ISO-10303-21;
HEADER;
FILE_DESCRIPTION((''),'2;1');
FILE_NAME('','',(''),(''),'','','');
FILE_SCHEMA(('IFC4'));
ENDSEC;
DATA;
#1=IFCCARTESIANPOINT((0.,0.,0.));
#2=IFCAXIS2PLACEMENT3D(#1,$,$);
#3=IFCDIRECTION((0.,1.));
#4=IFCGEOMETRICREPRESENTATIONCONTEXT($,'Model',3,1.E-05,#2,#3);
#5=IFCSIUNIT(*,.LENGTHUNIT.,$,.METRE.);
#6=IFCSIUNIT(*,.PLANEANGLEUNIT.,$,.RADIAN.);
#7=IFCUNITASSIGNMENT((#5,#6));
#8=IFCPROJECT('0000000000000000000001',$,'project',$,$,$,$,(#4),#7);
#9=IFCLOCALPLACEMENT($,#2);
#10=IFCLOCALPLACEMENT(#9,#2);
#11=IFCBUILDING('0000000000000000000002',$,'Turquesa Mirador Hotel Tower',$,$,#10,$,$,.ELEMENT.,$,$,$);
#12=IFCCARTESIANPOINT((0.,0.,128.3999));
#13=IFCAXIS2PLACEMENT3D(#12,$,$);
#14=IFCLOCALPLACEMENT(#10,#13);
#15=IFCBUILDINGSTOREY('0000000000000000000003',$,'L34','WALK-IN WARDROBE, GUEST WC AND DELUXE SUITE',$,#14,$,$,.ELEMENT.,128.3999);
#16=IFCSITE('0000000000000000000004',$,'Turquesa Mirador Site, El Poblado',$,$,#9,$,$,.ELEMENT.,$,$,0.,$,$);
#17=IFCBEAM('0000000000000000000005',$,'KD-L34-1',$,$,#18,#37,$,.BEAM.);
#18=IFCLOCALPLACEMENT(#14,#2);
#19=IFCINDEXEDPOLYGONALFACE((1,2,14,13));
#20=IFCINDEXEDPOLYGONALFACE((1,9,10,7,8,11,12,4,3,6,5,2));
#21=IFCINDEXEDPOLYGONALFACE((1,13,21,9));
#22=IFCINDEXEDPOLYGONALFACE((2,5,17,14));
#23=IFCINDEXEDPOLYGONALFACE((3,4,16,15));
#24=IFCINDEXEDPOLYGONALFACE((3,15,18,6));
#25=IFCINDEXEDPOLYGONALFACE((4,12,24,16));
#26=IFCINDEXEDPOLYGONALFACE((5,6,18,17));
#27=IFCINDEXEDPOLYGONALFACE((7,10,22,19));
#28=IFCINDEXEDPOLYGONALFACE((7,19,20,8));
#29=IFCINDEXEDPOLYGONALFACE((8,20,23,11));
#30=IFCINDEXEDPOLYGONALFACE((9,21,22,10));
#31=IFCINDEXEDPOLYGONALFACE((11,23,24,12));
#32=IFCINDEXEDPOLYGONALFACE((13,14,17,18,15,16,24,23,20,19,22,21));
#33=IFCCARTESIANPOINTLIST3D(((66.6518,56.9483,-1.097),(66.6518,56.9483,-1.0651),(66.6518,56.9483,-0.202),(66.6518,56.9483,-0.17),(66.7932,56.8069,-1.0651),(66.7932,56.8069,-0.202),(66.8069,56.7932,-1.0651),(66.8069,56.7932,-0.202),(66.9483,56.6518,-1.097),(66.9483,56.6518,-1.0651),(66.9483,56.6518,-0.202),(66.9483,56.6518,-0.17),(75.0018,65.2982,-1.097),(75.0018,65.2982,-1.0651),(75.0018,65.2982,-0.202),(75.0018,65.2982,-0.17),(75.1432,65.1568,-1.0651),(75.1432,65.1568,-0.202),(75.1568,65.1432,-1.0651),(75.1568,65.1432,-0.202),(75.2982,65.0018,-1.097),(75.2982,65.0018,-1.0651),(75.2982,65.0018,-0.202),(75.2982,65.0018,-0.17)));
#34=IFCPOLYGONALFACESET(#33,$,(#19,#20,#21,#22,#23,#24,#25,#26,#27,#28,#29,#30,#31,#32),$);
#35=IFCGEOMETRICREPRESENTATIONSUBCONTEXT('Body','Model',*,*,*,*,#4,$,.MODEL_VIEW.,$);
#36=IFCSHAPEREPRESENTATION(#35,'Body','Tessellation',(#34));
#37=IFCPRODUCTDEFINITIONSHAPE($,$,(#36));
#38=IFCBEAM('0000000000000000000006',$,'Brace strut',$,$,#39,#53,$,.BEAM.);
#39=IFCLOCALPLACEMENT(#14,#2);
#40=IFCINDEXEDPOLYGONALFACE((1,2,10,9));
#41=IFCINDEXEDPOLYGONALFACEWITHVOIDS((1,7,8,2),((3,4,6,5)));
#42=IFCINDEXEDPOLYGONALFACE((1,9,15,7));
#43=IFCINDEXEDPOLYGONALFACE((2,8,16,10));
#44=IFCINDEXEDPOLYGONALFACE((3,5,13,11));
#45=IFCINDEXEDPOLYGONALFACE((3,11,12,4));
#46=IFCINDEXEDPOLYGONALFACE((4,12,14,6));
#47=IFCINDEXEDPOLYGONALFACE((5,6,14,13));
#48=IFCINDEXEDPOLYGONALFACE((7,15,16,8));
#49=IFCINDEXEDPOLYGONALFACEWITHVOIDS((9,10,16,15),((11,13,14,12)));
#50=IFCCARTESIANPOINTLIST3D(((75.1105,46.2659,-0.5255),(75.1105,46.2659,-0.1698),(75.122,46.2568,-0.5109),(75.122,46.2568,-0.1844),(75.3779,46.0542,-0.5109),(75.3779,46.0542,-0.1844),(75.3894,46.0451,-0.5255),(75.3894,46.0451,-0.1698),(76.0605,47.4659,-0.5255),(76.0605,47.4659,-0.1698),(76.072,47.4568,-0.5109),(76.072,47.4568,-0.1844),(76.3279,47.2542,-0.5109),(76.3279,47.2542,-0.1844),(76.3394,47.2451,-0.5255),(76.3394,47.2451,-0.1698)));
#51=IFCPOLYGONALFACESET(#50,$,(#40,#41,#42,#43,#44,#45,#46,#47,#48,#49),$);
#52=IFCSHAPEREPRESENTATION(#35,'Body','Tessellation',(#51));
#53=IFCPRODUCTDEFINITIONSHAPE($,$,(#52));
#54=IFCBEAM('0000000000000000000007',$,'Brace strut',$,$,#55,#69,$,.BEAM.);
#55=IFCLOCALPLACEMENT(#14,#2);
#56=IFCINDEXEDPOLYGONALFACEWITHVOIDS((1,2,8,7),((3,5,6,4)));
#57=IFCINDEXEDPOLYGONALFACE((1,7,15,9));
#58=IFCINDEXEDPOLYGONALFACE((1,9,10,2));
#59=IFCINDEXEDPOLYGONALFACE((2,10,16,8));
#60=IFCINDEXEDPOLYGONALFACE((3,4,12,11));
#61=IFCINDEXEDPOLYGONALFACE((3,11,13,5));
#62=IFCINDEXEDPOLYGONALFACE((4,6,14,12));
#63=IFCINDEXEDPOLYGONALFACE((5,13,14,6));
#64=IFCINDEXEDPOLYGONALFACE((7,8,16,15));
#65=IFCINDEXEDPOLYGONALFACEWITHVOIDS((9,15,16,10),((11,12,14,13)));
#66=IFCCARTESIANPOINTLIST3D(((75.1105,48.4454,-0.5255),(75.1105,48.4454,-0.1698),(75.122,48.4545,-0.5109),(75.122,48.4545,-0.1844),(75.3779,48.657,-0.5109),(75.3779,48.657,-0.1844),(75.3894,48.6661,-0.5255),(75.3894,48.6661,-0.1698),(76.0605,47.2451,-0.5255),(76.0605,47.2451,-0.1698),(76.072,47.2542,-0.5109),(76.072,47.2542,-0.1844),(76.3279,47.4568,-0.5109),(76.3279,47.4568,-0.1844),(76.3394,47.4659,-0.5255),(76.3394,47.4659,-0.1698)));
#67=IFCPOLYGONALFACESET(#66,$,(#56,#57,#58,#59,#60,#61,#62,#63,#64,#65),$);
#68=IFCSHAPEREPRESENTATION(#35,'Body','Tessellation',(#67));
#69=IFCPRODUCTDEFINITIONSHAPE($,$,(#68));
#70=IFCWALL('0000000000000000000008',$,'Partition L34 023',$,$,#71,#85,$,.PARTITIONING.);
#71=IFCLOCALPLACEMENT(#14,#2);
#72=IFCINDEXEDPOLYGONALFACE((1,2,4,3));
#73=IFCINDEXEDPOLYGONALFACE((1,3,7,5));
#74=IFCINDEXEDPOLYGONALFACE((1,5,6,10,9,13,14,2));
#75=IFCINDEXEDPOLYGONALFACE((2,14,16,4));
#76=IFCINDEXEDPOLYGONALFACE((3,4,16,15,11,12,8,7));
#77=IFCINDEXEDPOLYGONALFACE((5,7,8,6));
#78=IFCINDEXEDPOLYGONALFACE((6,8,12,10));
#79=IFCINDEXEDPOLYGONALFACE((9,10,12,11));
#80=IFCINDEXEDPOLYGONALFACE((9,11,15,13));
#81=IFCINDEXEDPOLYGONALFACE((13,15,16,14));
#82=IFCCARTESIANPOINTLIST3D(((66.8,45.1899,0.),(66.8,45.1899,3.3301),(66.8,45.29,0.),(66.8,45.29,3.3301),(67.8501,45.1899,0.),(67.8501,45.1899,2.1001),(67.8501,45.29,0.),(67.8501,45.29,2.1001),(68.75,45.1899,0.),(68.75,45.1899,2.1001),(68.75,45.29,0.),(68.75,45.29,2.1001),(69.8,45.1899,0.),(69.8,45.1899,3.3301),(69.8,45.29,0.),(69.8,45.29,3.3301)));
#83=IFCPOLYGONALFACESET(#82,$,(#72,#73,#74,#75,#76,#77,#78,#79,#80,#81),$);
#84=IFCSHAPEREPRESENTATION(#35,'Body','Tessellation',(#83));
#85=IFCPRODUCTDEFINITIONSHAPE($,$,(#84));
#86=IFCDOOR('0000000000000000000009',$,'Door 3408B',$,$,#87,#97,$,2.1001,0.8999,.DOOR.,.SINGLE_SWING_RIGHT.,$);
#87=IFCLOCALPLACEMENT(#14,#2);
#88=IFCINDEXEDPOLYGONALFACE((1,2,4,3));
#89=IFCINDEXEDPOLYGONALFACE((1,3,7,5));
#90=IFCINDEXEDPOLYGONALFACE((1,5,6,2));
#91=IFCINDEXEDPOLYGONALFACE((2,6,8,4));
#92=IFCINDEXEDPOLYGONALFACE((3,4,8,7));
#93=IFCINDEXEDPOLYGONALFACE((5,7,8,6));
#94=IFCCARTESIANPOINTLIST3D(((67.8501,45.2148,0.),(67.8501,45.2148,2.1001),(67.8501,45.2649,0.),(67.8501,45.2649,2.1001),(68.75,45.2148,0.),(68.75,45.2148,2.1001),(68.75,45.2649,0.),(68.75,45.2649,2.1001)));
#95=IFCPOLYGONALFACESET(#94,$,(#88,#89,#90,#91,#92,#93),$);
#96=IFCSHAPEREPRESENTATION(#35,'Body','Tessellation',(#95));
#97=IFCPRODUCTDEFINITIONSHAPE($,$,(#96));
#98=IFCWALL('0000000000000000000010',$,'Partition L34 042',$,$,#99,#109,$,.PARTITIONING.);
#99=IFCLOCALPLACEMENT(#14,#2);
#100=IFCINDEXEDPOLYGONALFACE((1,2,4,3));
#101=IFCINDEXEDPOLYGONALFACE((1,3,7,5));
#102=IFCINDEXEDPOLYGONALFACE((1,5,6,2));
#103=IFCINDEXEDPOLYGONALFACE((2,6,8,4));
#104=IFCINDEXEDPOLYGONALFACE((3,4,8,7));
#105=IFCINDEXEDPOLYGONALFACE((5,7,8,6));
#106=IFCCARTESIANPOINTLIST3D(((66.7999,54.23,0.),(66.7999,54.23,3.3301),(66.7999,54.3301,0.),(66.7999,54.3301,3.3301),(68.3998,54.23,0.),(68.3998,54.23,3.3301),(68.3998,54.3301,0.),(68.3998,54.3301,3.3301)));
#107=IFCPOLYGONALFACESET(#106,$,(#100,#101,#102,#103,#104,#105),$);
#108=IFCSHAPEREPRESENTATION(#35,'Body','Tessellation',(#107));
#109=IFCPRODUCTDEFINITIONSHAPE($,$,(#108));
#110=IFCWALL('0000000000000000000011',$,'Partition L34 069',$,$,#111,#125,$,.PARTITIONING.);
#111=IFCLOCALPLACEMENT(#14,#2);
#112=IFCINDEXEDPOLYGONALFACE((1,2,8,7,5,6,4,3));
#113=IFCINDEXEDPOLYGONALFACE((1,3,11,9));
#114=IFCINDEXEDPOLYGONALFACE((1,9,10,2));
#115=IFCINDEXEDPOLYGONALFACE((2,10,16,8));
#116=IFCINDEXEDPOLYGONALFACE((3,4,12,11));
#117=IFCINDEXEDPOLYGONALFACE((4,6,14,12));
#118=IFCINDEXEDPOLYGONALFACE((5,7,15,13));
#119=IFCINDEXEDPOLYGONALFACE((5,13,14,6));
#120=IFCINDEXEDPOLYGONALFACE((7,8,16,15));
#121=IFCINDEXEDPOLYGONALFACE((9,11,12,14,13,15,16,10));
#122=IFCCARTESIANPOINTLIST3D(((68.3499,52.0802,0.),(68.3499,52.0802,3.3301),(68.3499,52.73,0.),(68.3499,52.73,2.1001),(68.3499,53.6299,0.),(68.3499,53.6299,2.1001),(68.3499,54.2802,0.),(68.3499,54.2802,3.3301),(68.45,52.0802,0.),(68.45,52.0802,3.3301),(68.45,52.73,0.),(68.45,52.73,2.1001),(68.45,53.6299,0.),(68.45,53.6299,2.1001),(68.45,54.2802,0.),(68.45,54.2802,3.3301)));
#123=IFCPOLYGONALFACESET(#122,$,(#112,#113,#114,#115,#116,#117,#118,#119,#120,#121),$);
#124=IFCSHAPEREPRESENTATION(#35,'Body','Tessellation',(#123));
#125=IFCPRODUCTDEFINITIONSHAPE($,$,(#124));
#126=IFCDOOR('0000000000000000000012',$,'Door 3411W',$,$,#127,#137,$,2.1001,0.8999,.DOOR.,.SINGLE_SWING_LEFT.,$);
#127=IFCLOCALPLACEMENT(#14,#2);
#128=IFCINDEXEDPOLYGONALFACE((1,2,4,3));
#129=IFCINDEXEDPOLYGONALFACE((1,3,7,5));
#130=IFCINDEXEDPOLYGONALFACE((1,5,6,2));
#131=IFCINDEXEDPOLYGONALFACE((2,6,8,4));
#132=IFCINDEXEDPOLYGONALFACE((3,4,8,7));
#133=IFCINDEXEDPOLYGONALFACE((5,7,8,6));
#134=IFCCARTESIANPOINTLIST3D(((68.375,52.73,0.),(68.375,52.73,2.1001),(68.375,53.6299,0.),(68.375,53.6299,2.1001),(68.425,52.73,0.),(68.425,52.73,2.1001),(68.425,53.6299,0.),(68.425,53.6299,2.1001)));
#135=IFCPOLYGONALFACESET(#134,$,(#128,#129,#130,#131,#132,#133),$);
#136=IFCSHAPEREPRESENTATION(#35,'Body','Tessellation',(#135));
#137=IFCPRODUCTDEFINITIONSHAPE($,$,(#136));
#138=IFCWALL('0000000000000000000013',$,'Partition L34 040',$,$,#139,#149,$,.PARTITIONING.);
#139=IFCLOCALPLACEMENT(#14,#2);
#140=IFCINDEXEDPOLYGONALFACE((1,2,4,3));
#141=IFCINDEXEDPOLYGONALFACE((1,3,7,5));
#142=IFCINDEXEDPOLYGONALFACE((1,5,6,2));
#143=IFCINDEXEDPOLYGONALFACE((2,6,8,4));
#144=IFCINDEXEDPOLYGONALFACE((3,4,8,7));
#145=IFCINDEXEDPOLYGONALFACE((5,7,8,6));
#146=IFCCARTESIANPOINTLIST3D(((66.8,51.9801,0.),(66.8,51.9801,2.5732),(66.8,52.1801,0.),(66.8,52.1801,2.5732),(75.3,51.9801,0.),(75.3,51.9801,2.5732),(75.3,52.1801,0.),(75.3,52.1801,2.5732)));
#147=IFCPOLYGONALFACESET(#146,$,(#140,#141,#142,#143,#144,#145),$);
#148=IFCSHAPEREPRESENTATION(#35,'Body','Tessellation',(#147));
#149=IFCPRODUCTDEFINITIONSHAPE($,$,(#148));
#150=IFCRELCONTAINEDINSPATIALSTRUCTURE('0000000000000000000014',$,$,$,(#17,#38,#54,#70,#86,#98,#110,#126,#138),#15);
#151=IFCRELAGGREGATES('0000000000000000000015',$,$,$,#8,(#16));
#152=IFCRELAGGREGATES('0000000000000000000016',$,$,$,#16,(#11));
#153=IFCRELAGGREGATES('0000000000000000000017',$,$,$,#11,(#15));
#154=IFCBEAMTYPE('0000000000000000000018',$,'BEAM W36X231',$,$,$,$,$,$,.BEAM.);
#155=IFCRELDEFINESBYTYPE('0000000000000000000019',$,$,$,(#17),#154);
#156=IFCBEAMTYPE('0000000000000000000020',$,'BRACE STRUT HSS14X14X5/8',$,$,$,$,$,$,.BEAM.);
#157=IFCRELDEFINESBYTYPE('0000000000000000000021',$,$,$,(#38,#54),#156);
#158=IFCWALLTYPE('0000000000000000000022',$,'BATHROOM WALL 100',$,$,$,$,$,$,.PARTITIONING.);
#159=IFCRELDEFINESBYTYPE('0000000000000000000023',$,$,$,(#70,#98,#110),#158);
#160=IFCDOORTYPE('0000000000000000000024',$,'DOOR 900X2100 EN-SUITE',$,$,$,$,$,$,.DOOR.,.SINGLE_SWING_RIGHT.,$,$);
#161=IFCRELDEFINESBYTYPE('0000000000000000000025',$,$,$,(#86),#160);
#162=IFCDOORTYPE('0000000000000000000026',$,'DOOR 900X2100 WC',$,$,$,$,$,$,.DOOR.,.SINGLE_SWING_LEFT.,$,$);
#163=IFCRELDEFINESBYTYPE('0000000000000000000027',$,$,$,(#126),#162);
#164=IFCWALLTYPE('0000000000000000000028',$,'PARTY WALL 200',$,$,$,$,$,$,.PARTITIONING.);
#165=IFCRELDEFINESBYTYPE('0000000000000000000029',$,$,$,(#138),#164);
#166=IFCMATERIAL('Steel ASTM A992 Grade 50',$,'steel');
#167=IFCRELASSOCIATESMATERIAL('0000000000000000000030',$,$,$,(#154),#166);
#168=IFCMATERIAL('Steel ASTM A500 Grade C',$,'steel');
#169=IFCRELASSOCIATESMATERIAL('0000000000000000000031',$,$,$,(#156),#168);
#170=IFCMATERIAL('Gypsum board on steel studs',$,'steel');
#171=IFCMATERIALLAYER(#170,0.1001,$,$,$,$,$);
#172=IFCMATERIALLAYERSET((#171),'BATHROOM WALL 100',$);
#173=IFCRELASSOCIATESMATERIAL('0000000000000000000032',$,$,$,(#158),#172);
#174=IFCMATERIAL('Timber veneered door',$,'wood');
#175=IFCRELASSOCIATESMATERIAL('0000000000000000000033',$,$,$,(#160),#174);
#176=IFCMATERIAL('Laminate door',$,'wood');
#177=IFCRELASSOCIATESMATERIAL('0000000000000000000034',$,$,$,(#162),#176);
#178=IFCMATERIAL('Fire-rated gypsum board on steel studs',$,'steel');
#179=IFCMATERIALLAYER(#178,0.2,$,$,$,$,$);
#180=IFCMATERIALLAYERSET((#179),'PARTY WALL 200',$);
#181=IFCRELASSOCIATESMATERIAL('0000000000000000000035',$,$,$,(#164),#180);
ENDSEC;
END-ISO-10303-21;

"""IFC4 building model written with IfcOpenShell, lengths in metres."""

from ifc_helpers import new_model, si_unit, direction, frame, frame_2d, origin, origin_2d, place, context, subcontext, project, spatial, rectangle, hollow_rectangle, i_section, extrude, material, layer, layer_set, material_profile, profile_set, type_object, element, fill, save


model = new_model("IFC4")

# Units and contexts
model_context = context("Model", 3, precision=1e-05, world=origin(), true_north=direction((0.0, 1.0)))
body_context = subcontext(model_context, "Body", "Model", "MODEL_VIEW")
ifc_project = project(units=[si_unit("LENGTHUNIT", "METRE"), si_unit("PLANEANGLEUNIT", "RADIAN")], contexts=[model_context])

# Site, building, storey
site_placement = place(None, origin())
site = spatial("IfcSite", under=ifc_project, at=site_placement, Name="Turquesa Mirador Site, El Poblado", CompositionType="ELEMENT", RefElevation=0.0)
building_placement = place(site_placement, origin())
building = spatial("IfcBuilding", under=site, at=building_placement, Name="Turquesa Mirador Hotel Tower", CompositionType="ELEMENT")
storey_placement = place(building_placement, frame((0.0, 0.0, 128.3999)))
storey = spatial("IfcBuildingStorey", under=building, at=storey_placement, Name="L34", Description="WALK-IN WARDROBE, GUEST WC AND DELUXE SUITE", CompositionType="ELEMENT", Elevation=128.3999)

# Beams
ifc_material_1 = material(Name="Steel ASTM A992 Grade 50", Category="steel")
ifc_material_profile_1 = material_profile(ifc_material_1, i_section(OverallWidth=0.4192, OverallDepth=0.927, WebThickness=0.0193, FlangeThickness=0.032, at=origin_2d()), Name="W36X231")
ifc_profile_set_1 = profile_set([ifc_material_profile_1], Name="Steel ASTM A992 Grade 50")
beam_type_1 = type_object("IfcBeamType", Name="BEAM W36X231", PredefinedType="BEAM", material=ifc_profile_set_1)
beam_1_placement = place(storey_placement, frame((66.8, 56.8, -0.6335), z_axis=(0.707107, 0.707107, 0.0), x_axis=(-0.707107, 0.707107, 0.0)))
element("IfcBeam", 1, at=beam_1_placement, inside=storey, type_object=beam_type_1, Name="KD-L34-1", PredefinedType="BEAM", context=body_context, shape_type="SweptSolid", body=[
    extrude(i_section(OverallWidth=0.4192, OverallDepth=0.927, WebThickness=0.0193, FlangeThickness=0.032, at=origin_2d()), origin(), (0.0, 0.0, 1.0), 11.8086),
])
ifc_material_2 = material(Name="Steel ASTM A500 Grade C", Category="steel")
ifc_material_profile_2 = material_profile(ifc_material_2, hollow_rectangle(XDim=0.3557, YDim=0.3557, WallThickness=0.0146, at=origin_2d()), Name="HSS14X14X5/8")
ifc_profile_set_2 = profile_set([ifc_material_profile_2], Name="Steel ASTM A500 Grade C")
beam_type_2 = type_object("IfcBeamType", Name="BRACE STRUT HSS14X14X5/8", PredefinedType="BEAM", material=ifc_profile_set_2)
beam_2_placement = place(storey_placement, frame((76.2, 47.3555, -0.3477), z_axis=(-0.620699, -0.784049, 0.0), x_axis=(0.784049, -0.620699, 0.0)))
element("IfcBeam", 2, at=beam_2_placement, inside=storey, type_object=beam_type_2, Name="Brace strut", PredefinedType="BEAM", context=body_context, shape_type="SweptSolid", body=[
    extrude(hollow_rectangle(XDim=0.3557, YDim=0.3557, WallThickness=0.0146, at=origin_2d()), origin(), (0.0, 0.0, 1.0), 1.5305),
])
beam_3_placement = place(storey_placement, frame((76.2, 47.3555, -0.3477), z_axis=(-0.620621, 0.784111, 0.0), x_axis=(-0.784111, -0.620621, 0.0)))
element("IfcBeam", 3, at=beam_3_placement, inside=storey, type_object=beam_type_2, Name="Brace strut", PredefinedType="BEAM", context=body_context, shape_type="SweptSolid", body=[
    extrude(hollow_rectangle(XDim=0.3557, YDim=0.3557, WallThickness=0.0146, at=origin_2d()), origin(), (0.0, 0.0, 1.0), 1.5308),
])

# Wall, opening, door
ifc_material_3 = material(Name="Gypsum board on steel studs", Category="steel")
ifc_layer_1 = layer(ifc_material_3, 0.1001)
ifc_layer_set_1 = layer_set([ifc_layer_1], Name="BATHROOM WALL 100")
wall_type_1 = type_object("IfcWallType", Name="BATHROOM WALL 100", PredefinedType="PARTITIONING", material=ifc_layer_set_1)
wall_1_placement = place(storey_placement, frame((66.8, 45.24, 0.0), z_axis=(0.0, 0.0, 1.0), x_axis=(1.0, 0.0, 0.0)))
wall_1 = element("IfcWall", 4, at=wall_1_placement, inside=storey, type_object=wall_type_1, Name="Partition L34 023", PredefinedType="PARTITIONING", context=body_context, shape_type="SweptSolid", body=[
    extrude(rectangle(XDim=3.0, YDim=0.1001, at=frame_2d((1.5, 0.0))), origin(), (0.0, 0.0, 1.0), 3.3301),
])
opening_1_placement = place(wall_1_placement, frame((1.05, 0.0, 0.0)))
opening_1 = element("IfcOpeningElement", 5, at=opening_1_placement, cuts=wall_1, PredefinedType="OPENING", context=body_context, shape_type="SweptSolid", body=[
    extrude(rectangle(XDim=0.8999, YDim=2.1001, at=frame_2d((0.45, 1.05))), frame((0.0, 0.0601, 0.0), z_axis=(0.0, -1.0, 0.0), x_axis=(1.0, 0.0, 0.0)), (0.0, 0.0, 1.0), 0.1201),
])
ifc_material_4 = material(Name="Timber veneered door", Category="wood")
door_type_1 = type_object("IfcDoorType", Name="DOOR 900X2100 EN-SUITE", OperationType="SINGLE_SWING_RIGHT", PredefinedType="DOOR", material=ifc_material_4)
door_1_placement = place(opening_1_placement, origin())
door_1 = element("IfcDoor", 6, at=door_1_placement, inside=storey, type_object=door_type_1, Name="Door 3408B", OperationType="SINGLE_SWING_RIGHT", OverallHeight=2.1001, OverallWidth=0.8999, PredefinedType="DOOR", context=body_context, shape_type="SweptSolid", body=[
    extrude(rectangle(XDim=0.8999, YDim=2.1001, at=frame_2d((0.45, 1.05))), frame((0.0, 0.0249, 0.0), z_axis=(0.0, -1.0, 0.0), x_axis=(1.0, 0.0, 0.0)), (0.0, 0.0, 1.0), 0.05),
])
fill(opening_1, door_1)

# Wall
wall_2_placement = place(storey_placement, frame((66.8, 54.28, 0.0), z_axis=(0.0, 0.0, 1.0), x_axis=(1.0, 0.0, 0.0)))
element("IfcWall", 7, at=wall_2_placement, inside=storey, type_object=wall_type_1, Name="Partition L34 042", PredefinedType="PARTITIONING", context=body_context, shape_type="SweptSolid", body=[
    extrude(rectangle(XDim=1.5999, YDim=0.1001, at=frame_2d((0.7998, 0.0))), origin(), (0.0, 0.0, 1.0), 3.3301),
])

# Wall, opening, door
wall_3_placement = place(storey_placement, frame((68.3999, 52.0801, 0.0), z_axis=(0.0, 0.0, 1.0), x_axis=(0.0, 1.0, 0.0)))
wall_3 = element("IfcWall", 8, at=wall_3_placement, inside=storey, type_object=wall_type_1, Name="Partition L34 069", PredefinedType="PARTITIONING", context=body_context, shape_type="SweptSolid", body=[
    extrude(rectangle(XDim=2.2, YDim=0.1001, at=frame_2d((1.1001, 0.0))), origin(), (0.0, 0.0, 1.0), 3.3301),
])
opening_2_placement = place(wall_3_placement, frame((0.6499, 0.0, 0.0)))
opening_2 = element("IfcOpeningElement", 9, at=opening_2_placement, cuts=wall_3, PredefinedType="OPENING", context=body_context, shape_type="SweptSolid", body=[
    extrude(rectangle(XDim=0.8999, YDim=2.1001, at=frame_2d((0.45, 1.05))), frame((0.0, 0.0601, 0.0), z_axis=(0.0, -1.0, 0.0), x_axis=(1.0, 0.0, 0.0)), (0.0, 0.0, 1.0), 0.1201),
])
ifc_material_5 = material(Name="Laminate door", Category="wood")
door_type_2 = type_object("IfcDoorType", Name="DOOR 900X2100 WC", OperationType="SINGLE_SWING_LEFT", PredefinedType="DOOR", material=ifc_material_5)
door_2_placement = place(opening_2_placement, origin())
door_2 = element("IfcDoor", 10, at=door_2_placement, inside=storey, type_object=door_type_2, Name="Door 3411W", OperationType="SINGLE_SWING_LEFT", OverallHeight=2.1001, OverallWidth=0.8999, PredefinedType="DOOR", context=body_context, shape_type="SweptSolid", body=[
    extrude(rectangle(XDim=0.8999, YDim=2.1001, at=frame_2d((0.45, 1.05))), frame((0.0, 0.0249, 0.0), z_axis=(0.0, -1.0, 0.0), x_axis=(1.0, 0.0, 0.0)), (0.0, 0.0, 1.0), 0.05),
])
fill(opening_2, door_2)

# Wall
ifc_material_6 = material(Name="Fire-rated gypsum board on steel studs", Category="steel")
ifc_layer_2 = layer(ifc_material_6, 0.2)
ifc_layer_set_2 = layer_set([ifc_layer_2], Name="PARTY WALL 200")
wall_type_2 = type_object("IfcWallType", Name="PARTY WALL 200", PredefinedType="PARTITIONING", material=ifc_layer_set_2)
wall_4_placement = place(storey_placement, frame((66.8, 52.0801, 0.0), z_axis=(0.0, 0.0, 1.0), x_axis=(1.0, 0.0, 0.0)))
element("IfcWall", 11, at=wall_4_placement, inside=storey, type_object=wall_type_2, Name="Partition L34 040", PredefinedType="PARTITIONING", context=body_context, shape_type="SweptSolid", body=[
    extrude(rectangle(XDim=8.5, YDim=0.2, at=frame_2d((4.25, 0.0))), origin(), (0.0, 0.0, 1.0), 2.5732),
])

save(model, "model.ifc")
